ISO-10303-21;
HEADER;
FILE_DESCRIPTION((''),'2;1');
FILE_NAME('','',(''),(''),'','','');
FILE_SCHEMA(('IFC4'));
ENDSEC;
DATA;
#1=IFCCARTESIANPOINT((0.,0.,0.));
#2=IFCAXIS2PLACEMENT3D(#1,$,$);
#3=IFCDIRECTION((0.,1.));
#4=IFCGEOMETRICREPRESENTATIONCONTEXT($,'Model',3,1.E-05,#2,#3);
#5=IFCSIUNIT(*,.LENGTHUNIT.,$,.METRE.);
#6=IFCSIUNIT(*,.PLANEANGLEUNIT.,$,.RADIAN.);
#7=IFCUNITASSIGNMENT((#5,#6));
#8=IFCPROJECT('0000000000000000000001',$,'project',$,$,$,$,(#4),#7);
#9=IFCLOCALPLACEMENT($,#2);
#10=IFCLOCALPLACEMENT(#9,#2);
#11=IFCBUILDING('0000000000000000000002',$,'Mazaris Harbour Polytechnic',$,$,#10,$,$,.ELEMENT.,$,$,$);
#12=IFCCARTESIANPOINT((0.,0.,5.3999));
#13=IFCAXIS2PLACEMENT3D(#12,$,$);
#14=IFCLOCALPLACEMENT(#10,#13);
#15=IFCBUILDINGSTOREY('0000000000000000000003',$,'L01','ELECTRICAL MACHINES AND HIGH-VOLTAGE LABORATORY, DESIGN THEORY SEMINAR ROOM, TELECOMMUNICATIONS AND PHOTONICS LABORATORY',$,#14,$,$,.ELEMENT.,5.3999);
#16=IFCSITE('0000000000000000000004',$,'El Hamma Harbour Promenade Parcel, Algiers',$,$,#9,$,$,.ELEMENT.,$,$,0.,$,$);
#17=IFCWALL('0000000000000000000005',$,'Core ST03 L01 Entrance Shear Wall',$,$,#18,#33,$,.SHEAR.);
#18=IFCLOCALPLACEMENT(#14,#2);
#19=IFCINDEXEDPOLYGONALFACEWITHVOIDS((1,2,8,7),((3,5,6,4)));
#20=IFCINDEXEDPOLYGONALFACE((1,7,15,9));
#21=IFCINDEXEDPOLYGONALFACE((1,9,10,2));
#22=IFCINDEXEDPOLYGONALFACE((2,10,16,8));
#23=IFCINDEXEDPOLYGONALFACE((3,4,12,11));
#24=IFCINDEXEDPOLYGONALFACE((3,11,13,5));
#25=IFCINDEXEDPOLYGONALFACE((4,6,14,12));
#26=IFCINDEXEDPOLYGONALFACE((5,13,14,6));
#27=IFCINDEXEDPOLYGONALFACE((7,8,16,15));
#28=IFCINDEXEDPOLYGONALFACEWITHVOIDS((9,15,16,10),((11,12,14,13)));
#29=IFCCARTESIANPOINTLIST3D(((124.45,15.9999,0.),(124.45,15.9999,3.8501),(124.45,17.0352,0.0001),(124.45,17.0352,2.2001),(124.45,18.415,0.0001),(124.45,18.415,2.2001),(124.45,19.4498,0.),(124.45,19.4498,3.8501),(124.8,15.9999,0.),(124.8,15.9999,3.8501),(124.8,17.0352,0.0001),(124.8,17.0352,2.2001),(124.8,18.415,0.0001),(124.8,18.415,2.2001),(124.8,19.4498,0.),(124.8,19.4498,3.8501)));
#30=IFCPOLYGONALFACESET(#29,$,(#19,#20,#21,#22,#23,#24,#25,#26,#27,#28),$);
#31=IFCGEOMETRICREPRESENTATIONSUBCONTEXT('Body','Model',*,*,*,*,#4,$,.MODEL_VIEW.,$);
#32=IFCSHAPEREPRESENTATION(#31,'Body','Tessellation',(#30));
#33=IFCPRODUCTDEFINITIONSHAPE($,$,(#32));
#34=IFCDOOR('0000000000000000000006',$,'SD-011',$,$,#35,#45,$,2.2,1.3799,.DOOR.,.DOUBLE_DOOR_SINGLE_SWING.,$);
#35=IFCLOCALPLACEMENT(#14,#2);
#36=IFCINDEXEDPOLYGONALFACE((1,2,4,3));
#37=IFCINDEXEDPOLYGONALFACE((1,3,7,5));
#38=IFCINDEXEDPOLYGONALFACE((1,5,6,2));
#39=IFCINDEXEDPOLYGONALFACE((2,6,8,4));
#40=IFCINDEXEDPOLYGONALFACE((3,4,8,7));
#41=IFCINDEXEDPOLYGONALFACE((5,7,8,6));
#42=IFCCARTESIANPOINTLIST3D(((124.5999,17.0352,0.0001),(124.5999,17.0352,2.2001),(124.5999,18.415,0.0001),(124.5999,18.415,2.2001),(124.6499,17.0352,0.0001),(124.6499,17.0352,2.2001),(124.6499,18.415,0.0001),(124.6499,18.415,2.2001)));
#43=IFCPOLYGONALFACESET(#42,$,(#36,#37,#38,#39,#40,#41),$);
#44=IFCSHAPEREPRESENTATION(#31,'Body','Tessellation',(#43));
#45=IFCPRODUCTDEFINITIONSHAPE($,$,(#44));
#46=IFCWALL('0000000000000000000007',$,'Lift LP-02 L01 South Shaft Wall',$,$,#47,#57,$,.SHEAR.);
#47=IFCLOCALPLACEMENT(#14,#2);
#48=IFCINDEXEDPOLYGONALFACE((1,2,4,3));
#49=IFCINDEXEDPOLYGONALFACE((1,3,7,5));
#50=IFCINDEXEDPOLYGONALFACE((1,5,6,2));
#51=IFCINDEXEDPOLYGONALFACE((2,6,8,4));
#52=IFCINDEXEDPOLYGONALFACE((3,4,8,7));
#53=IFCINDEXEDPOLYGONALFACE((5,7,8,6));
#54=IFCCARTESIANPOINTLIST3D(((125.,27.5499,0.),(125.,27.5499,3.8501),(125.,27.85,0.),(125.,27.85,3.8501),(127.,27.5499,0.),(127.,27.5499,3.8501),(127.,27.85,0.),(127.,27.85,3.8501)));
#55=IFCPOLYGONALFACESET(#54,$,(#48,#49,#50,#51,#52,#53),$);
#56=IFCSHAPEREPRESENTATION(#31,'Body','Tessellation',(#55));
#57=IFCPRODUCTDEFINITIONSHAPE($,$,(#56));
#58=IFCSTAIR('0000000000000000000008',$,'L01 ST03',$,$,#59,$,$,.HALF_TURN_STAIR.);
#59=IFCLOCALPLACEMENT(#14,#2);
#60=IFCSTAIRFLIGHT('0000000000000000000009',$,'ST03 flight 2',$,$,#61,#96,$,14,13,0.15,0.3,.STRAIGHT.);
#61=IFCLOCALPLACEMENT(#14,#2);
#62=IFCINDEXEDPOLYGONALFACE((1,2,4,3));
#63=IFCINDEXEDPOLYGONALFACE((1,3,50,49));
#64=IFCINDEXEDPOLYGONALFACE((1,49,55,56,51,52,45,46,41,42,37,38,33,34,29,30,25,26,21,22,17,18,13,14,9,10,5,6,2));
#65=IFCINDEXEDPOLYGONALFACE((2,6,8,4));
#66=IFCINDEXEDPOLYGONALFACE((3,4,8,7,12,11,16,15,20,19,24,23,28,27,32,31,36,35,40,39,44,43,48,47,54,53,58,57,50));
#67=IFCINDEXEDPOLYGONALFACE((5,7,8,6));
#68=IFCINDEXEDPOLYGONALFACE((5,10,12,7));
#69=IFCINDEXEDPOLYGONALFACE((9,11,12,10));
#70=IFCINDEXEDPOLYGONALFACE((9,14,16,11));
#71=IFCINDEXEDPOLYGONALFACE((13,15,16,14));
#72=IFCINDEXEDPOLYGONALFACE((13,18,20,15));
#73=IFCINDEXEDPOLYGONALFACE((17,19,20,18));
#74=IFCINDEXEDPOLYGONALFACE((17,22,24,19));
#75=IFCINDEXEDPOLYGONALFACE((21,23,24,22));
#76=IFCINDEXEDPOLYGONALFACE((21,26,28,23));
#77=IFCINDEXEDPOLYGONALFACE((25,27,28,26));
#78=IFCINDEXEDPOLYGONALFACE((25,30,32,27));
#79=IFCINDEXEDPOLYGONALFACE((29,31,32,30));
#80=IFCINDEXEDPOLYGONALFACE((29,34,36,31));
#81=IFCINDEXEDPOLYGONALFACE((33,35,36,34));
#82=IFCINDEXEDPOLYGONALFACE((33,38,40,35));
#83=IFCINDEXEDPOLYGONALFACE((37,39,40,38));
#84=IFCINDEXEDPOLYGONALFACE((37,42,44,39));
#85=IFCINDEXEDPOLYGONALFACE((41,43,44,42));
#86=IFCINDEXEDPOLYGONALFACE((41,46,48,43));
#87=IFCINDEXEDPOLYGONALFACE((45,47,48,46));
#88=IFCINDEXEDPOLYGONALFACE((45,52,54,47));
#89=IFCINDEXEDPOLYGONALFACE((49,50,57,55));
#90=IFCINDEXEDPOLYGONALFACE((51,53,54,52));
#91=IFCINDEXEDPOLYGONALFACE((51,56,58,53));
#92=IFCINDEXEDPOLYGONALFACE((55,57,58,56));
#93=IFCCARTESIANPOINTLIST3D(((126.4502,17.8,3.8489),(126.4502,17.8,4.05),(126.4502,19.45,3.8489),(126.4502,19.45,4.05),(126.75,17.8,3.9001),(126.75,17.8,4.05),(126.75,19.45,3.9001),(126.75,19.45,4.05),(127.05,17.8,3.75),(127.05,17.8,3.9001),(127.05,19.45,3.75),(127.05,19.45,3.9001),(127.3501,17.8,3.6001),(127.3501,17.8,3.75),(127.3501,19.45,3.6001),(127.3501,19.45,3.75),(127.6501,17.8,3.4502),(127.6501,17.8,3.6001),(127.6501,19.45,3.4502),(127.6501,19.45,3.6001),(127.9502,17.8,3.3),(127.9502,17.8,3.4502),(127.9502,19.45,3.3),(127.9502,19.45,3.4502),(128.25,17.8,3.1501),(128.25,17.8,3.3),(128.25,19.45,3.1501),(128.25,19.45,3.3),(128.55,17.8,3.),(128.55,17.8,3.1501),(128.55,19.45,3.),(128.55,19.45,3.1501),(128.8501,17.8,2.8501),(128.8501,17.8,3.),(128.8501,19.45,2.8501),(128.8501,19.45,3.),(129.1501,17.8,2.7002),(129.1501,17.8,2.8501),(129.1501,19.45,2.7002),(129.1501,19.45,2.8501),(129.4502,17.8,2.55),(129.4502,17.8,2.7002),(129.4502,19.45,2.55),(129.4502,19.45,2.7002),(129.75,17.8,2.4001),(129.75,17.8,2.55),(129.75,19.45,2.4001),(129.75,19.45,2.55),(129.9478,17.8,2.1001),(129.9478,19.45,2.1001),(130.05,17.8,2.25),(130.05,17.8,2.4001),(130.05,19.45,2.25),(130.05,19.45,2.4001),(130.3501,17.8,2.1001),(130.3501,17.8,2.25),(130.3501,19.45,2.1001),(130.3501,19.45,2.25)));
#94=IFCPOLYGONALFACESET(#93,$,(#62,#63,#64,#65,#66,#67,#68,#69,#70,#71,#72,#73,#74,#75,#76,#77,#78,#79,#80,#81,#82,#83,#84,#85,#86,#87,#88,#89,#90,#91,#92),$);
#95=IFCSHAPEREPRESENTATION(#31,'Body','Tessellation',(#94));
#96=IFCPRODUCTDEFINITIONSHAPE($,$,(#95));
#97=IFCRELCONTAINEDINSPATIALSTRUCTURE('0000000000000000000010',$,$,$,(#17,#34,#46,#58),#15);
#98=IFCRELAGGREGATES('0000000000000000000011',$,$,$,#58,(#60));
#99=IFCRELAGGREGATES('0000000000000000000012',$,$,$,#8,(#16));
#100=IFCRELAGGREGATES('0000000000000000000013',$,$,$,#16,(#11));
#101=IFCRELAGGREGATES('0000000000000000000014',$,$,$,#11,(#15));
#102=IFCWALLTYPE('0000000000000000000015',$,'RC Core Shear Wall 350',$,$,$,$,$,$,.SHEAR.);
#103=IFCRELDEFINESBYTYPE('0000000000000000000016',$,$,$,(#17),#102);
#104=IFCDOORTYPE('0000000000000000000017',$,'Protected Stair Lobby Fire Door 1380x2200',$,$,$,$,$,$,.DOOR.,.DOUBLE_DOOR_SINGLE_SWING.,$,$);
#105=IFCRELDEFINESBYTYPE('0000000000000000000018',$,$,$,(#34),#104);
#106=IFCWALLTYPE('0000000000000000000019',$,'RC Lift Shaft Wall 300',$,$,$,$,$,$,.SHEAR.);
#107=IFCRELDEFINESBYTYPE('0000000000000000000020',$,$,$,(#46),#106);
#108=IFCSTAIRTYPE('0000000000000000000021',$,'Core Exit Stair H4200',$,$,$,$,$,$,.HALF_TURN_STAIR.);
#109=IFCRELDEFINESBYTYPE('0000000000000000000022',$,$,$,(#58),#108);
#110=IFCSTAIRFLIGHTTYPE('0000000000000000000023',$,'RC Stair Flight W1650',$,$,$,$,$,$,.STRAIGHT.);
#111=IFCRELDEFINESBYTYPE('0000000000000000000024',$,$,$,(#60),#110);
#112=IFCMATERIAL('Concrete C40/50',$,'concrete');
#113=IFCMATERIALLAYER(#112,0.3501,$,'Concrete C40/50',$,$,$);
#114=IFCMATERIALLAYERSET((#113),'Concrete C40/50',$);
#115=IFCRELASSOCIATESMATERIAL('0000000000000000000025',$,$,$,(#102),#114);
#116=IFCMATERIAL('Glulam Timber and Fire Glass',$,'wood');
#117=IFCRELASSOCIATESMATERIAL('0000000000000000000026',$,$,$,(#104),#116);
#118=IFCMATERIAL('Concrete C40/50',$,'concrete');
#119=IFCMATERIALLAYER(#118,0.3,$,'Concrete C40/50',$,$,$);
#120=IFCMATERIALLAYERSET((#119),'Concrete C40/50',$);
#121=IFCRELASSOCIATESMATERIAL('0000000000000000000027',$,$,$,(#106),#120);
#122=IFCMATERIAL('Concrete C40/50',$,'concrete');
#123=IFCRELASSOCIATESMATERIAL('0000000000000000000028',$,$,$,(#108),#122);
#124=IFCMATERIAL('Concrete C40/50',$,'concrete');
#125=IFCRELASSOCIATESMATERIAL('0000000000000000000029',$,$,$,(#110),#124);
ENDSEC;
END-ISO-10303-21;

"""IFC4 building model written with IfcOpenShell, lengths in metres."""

from ifc_helpers import new_model, si_unit, direction, frame, frame_2d, origin, place, context, subcontext, project, spatial, polyline, rectangle, outline, extrude, material, layer, layer_set, type_object, element, fill, aggregate, save


model = new_model("IFC4")

# Units and contexts
model_context = context("Model", 3, precision=1e-05, world=origin(), true_north=direction((0.0, 1.0)))
body_context = subcontext(model_context, "Body", "Model", "MODEL_VIEW")
ifc_project = project(units=[si_unit("LENGTHUNIT", "METRE"), si_unit("PLANEANGLEUNIT", "RADIAN")], contexts=[model_context])

# Site, building, storey
site_placement = place(None, origin())
site = spatial("IfcSite", under=ifc_project, at=site_placement, Name="El Hamma Harbour Promenade Parcel, Algiers", CompositionType="ELEMENT", RefElevation=0.0)
building_placement = place(site_placement, origin())
building = spatial("IfcBuilding", under=site, at=building_placement, Name="Mazaris Harbour Polytechnic", CompositionType="ELEMENT")
storey_placement = place(building_placement, frame((0.0, 0.0, 5.3999)))
storey = spatial("IfcBuildingStorey", under=building, at=storey_placement, Name="L01", Description="ELECTRICAL MACHINES AND HIGH-VOLTAGE LABORATORY, DESIGN THEORY SEMINAR ROOM, TELECOMMUNICATIONS AND PHOTONICS LABORATORY", CompositionType="ELEMENT", Elevation=5.3999)

# Wall, opening, door
ifc_material_1 = material(Name="Concrete C40/50", Category="concrete")
ifc_layer_1 = layer(ifc_material_1, 0.3501, Name="Concrete C40/50")
ifc_layer_set_1 = layer_set([ifc_layer_1], Name="Concrete C40/50")
wall_type_1 = type_object("IfcWallType", Name="RC Core Shear Wall 350", PredefinedType="SHEAR", material=ifc_layer_set_1)
wall_1_placement = place(storey_placement, frame((124.625, 19.45, 0.0), z_axis=(0.0, 0.0, 1.0), x_axis=(0.0, -1.0, 0.0)))
wall_1 = element("IfcWall", 1, at=wall_1_placement, inside=storey, type_object=wall_type_1, Name="Core ST03 L01 Entrance Shear Wall", PredefinedType="SHEAR", context=body_context, shape_type="SweptSolid", body=[
    extrude(rectangle(XDim=3.45, YDim=0.3501, at=frame_2d((1.7251, 0.0))), origin(), (0.0, 0.0, 1.0), 3.8501),
])
opening_placement = place(wall_1_placement, frame((1.0349, 0.0, 0.0)))
opening = element("IfcOpeningElement", 2, at=opening_placement, cuts=wall_1, PredefinedType="OPENING", context=body_context, shape_type="SweptSolid", body=[
    extrude(rectangle(XDim=1.3799, YDim=2.2, at=frame_2d((0.6899, 1.1001))), frame((0.0, 0.1851, 0.0), z_axis=(0.0, -1.0, 0.0), x_axis=(1.0, 0.0, 0.0)), (0.0, 0.0, 1.0), 0.3701),
])
ifc_material_2 = material(Name="Glulam Timber and Fire Glass", Category="wood")
door_type = type_object("IfcDoorType", Name="Protected Stair Lobby Fire Door 1380x2200", OperationType="DOUBLE_DOOR_SINGLE_SWING", PredefinedType="DOOR", material=ifc_material_2)
door_placement = place(opening_placement, origin())
door = element("IfcDoor", 3, at=door_placement, inside=storey, type_object=door_type, Name="SD-011", OperationType="DOUBLE_DOOR_SINGLE_SWING", OverallHeight=2.2, OverallWidth=1.3799, PredefinedType="DOOR", context=body_context, shape_type="SweptSolid", body=[
    extrude(rectangle(XDim=1.3799, YDim=2.2, at=frame_2d((0.6899, 1.1001))), frame((0.0, 0.0249, 0.0), z_axis=(0.0, -1.0, 0.0), x_axis=(1.0, 0.0, 0.0)), (0.0, 0.0, 1.0), 0.05),
])
fill(opening, door)

# Wall
ifc_material_3 = material(Name="Concrete C40/50", Category="concrete")
ifc_layer_2 = layer(ifc_material_3, 0.3, Name="Concrete C40/50")
ifc_layer_set_2 = layer_set([ifc_layer_2], Name="Concrete C40/50")
wall_type_2 = type_object("IfcWallType", Name="RC Lift Shaft Wall 300", PredefinedType="SHEAR", material=ifc_layer_set_2)
wall_2_placement = place(storey_placement, frame((125.0, 27.7, 0.0), z_axis=(0.0, 0.0, 1.0), x_axis=(1.0, 0.0, 0.0)))
element("IfcWall", 4, at=wall_2_placement, inside=storey, type_object=wall_type_2, Name="Lift LP-02 L01 South Shaft Wall", PredefinedType="SHEAR", context=body_context, shape_type="SweptSolid", body=[
    extrude(rectangle(XDim=2.0, YDim=0.3, at=frame_2d((1.0, 0.0))), origin(), (0.0, 0.0, 1.0), 3.8501),
])

# Stair, stair flight
ifc_material_4 = material(Name="Concrete C40/50", Category="concrete")
stair_type = type_object("IfcStairType", Name="Core Exit Stair H4200", PredefinedType="HALF_TURN_STAIR", material=ifc_material_4)
stair_placement = place(storey_placement, origin())
stair = element("IfcStair", 5, at=stair_placement, inside=storey, type_object=stair_type, Name="L01 ST03", PredefinedType="HALF_TURN_STAIR")
ifc_material_5 = material(Name="Concrete C40/50", Category="concrete")
stair_flight_type = type_object("IfcStairFlightType", Name="RC Stair Flight W1650", PredefinedType="STRAIGHT", material=ifc_material_5)
stair_flight_placement = place(storey_placement, frame((130.3501, 18.625, 2.1001), z_axis=(0.0, 0.0, 1.0), x_axis=(-1.0, 0.0, 0.0)))
stair_flight = element("IfcStairFlight", 6, at=stair_flight_placement, type_object=stair_flight_type, Name="ST03 flight 2", NumberOfRisers=14, NumberOfTreads=13, PredefinedType="STRAIGHT", RiserHeight=0.15, TreadLength=0.3, context=body_context, shape_type="SweptSolid", body=[
    extrude(outline(polyline([(0.0, 0.0), (0.0, 0.1499), (0.3, 0.1499), (0.3, 0.3), (0.6001, 0.3), (0.6001, 0.45), (0.8999, 0.45), (0.8999, 0.6001), (1.2, 0.6001), (1.2, 0.75), (1.5, 0.75), (1.5, 0.8999), (1.8, 0.8999), (1.8, 1.05), (2.1001, 1.05), (2.1001, 1.2), (2.3999, 1.2), (2.3999, 1.3501), (2.7, 1.3501), (2.7, 1.5), (3.0, 1.5), (3.0, 1.6499), (3.3, 1.6499), (3.3, 1.8), (3.6001, 1.8), (3.6001, 1.95), (3.8999, 1.95), (3.8999, 2.1001), (3.8999, 1.7488), (0.4023, 0.0), (0.0, 0.0)])), frame((0.0, 0.825, 0.0), z_axis=(0.0, -1.0, 0.0), x_axis=(1.0, 0.0, 0.0)), (0.0, 0.0, 1.0), 1.6499),
])
aggregate(stair, [stair_flight])

save(model, "model.ifc")
